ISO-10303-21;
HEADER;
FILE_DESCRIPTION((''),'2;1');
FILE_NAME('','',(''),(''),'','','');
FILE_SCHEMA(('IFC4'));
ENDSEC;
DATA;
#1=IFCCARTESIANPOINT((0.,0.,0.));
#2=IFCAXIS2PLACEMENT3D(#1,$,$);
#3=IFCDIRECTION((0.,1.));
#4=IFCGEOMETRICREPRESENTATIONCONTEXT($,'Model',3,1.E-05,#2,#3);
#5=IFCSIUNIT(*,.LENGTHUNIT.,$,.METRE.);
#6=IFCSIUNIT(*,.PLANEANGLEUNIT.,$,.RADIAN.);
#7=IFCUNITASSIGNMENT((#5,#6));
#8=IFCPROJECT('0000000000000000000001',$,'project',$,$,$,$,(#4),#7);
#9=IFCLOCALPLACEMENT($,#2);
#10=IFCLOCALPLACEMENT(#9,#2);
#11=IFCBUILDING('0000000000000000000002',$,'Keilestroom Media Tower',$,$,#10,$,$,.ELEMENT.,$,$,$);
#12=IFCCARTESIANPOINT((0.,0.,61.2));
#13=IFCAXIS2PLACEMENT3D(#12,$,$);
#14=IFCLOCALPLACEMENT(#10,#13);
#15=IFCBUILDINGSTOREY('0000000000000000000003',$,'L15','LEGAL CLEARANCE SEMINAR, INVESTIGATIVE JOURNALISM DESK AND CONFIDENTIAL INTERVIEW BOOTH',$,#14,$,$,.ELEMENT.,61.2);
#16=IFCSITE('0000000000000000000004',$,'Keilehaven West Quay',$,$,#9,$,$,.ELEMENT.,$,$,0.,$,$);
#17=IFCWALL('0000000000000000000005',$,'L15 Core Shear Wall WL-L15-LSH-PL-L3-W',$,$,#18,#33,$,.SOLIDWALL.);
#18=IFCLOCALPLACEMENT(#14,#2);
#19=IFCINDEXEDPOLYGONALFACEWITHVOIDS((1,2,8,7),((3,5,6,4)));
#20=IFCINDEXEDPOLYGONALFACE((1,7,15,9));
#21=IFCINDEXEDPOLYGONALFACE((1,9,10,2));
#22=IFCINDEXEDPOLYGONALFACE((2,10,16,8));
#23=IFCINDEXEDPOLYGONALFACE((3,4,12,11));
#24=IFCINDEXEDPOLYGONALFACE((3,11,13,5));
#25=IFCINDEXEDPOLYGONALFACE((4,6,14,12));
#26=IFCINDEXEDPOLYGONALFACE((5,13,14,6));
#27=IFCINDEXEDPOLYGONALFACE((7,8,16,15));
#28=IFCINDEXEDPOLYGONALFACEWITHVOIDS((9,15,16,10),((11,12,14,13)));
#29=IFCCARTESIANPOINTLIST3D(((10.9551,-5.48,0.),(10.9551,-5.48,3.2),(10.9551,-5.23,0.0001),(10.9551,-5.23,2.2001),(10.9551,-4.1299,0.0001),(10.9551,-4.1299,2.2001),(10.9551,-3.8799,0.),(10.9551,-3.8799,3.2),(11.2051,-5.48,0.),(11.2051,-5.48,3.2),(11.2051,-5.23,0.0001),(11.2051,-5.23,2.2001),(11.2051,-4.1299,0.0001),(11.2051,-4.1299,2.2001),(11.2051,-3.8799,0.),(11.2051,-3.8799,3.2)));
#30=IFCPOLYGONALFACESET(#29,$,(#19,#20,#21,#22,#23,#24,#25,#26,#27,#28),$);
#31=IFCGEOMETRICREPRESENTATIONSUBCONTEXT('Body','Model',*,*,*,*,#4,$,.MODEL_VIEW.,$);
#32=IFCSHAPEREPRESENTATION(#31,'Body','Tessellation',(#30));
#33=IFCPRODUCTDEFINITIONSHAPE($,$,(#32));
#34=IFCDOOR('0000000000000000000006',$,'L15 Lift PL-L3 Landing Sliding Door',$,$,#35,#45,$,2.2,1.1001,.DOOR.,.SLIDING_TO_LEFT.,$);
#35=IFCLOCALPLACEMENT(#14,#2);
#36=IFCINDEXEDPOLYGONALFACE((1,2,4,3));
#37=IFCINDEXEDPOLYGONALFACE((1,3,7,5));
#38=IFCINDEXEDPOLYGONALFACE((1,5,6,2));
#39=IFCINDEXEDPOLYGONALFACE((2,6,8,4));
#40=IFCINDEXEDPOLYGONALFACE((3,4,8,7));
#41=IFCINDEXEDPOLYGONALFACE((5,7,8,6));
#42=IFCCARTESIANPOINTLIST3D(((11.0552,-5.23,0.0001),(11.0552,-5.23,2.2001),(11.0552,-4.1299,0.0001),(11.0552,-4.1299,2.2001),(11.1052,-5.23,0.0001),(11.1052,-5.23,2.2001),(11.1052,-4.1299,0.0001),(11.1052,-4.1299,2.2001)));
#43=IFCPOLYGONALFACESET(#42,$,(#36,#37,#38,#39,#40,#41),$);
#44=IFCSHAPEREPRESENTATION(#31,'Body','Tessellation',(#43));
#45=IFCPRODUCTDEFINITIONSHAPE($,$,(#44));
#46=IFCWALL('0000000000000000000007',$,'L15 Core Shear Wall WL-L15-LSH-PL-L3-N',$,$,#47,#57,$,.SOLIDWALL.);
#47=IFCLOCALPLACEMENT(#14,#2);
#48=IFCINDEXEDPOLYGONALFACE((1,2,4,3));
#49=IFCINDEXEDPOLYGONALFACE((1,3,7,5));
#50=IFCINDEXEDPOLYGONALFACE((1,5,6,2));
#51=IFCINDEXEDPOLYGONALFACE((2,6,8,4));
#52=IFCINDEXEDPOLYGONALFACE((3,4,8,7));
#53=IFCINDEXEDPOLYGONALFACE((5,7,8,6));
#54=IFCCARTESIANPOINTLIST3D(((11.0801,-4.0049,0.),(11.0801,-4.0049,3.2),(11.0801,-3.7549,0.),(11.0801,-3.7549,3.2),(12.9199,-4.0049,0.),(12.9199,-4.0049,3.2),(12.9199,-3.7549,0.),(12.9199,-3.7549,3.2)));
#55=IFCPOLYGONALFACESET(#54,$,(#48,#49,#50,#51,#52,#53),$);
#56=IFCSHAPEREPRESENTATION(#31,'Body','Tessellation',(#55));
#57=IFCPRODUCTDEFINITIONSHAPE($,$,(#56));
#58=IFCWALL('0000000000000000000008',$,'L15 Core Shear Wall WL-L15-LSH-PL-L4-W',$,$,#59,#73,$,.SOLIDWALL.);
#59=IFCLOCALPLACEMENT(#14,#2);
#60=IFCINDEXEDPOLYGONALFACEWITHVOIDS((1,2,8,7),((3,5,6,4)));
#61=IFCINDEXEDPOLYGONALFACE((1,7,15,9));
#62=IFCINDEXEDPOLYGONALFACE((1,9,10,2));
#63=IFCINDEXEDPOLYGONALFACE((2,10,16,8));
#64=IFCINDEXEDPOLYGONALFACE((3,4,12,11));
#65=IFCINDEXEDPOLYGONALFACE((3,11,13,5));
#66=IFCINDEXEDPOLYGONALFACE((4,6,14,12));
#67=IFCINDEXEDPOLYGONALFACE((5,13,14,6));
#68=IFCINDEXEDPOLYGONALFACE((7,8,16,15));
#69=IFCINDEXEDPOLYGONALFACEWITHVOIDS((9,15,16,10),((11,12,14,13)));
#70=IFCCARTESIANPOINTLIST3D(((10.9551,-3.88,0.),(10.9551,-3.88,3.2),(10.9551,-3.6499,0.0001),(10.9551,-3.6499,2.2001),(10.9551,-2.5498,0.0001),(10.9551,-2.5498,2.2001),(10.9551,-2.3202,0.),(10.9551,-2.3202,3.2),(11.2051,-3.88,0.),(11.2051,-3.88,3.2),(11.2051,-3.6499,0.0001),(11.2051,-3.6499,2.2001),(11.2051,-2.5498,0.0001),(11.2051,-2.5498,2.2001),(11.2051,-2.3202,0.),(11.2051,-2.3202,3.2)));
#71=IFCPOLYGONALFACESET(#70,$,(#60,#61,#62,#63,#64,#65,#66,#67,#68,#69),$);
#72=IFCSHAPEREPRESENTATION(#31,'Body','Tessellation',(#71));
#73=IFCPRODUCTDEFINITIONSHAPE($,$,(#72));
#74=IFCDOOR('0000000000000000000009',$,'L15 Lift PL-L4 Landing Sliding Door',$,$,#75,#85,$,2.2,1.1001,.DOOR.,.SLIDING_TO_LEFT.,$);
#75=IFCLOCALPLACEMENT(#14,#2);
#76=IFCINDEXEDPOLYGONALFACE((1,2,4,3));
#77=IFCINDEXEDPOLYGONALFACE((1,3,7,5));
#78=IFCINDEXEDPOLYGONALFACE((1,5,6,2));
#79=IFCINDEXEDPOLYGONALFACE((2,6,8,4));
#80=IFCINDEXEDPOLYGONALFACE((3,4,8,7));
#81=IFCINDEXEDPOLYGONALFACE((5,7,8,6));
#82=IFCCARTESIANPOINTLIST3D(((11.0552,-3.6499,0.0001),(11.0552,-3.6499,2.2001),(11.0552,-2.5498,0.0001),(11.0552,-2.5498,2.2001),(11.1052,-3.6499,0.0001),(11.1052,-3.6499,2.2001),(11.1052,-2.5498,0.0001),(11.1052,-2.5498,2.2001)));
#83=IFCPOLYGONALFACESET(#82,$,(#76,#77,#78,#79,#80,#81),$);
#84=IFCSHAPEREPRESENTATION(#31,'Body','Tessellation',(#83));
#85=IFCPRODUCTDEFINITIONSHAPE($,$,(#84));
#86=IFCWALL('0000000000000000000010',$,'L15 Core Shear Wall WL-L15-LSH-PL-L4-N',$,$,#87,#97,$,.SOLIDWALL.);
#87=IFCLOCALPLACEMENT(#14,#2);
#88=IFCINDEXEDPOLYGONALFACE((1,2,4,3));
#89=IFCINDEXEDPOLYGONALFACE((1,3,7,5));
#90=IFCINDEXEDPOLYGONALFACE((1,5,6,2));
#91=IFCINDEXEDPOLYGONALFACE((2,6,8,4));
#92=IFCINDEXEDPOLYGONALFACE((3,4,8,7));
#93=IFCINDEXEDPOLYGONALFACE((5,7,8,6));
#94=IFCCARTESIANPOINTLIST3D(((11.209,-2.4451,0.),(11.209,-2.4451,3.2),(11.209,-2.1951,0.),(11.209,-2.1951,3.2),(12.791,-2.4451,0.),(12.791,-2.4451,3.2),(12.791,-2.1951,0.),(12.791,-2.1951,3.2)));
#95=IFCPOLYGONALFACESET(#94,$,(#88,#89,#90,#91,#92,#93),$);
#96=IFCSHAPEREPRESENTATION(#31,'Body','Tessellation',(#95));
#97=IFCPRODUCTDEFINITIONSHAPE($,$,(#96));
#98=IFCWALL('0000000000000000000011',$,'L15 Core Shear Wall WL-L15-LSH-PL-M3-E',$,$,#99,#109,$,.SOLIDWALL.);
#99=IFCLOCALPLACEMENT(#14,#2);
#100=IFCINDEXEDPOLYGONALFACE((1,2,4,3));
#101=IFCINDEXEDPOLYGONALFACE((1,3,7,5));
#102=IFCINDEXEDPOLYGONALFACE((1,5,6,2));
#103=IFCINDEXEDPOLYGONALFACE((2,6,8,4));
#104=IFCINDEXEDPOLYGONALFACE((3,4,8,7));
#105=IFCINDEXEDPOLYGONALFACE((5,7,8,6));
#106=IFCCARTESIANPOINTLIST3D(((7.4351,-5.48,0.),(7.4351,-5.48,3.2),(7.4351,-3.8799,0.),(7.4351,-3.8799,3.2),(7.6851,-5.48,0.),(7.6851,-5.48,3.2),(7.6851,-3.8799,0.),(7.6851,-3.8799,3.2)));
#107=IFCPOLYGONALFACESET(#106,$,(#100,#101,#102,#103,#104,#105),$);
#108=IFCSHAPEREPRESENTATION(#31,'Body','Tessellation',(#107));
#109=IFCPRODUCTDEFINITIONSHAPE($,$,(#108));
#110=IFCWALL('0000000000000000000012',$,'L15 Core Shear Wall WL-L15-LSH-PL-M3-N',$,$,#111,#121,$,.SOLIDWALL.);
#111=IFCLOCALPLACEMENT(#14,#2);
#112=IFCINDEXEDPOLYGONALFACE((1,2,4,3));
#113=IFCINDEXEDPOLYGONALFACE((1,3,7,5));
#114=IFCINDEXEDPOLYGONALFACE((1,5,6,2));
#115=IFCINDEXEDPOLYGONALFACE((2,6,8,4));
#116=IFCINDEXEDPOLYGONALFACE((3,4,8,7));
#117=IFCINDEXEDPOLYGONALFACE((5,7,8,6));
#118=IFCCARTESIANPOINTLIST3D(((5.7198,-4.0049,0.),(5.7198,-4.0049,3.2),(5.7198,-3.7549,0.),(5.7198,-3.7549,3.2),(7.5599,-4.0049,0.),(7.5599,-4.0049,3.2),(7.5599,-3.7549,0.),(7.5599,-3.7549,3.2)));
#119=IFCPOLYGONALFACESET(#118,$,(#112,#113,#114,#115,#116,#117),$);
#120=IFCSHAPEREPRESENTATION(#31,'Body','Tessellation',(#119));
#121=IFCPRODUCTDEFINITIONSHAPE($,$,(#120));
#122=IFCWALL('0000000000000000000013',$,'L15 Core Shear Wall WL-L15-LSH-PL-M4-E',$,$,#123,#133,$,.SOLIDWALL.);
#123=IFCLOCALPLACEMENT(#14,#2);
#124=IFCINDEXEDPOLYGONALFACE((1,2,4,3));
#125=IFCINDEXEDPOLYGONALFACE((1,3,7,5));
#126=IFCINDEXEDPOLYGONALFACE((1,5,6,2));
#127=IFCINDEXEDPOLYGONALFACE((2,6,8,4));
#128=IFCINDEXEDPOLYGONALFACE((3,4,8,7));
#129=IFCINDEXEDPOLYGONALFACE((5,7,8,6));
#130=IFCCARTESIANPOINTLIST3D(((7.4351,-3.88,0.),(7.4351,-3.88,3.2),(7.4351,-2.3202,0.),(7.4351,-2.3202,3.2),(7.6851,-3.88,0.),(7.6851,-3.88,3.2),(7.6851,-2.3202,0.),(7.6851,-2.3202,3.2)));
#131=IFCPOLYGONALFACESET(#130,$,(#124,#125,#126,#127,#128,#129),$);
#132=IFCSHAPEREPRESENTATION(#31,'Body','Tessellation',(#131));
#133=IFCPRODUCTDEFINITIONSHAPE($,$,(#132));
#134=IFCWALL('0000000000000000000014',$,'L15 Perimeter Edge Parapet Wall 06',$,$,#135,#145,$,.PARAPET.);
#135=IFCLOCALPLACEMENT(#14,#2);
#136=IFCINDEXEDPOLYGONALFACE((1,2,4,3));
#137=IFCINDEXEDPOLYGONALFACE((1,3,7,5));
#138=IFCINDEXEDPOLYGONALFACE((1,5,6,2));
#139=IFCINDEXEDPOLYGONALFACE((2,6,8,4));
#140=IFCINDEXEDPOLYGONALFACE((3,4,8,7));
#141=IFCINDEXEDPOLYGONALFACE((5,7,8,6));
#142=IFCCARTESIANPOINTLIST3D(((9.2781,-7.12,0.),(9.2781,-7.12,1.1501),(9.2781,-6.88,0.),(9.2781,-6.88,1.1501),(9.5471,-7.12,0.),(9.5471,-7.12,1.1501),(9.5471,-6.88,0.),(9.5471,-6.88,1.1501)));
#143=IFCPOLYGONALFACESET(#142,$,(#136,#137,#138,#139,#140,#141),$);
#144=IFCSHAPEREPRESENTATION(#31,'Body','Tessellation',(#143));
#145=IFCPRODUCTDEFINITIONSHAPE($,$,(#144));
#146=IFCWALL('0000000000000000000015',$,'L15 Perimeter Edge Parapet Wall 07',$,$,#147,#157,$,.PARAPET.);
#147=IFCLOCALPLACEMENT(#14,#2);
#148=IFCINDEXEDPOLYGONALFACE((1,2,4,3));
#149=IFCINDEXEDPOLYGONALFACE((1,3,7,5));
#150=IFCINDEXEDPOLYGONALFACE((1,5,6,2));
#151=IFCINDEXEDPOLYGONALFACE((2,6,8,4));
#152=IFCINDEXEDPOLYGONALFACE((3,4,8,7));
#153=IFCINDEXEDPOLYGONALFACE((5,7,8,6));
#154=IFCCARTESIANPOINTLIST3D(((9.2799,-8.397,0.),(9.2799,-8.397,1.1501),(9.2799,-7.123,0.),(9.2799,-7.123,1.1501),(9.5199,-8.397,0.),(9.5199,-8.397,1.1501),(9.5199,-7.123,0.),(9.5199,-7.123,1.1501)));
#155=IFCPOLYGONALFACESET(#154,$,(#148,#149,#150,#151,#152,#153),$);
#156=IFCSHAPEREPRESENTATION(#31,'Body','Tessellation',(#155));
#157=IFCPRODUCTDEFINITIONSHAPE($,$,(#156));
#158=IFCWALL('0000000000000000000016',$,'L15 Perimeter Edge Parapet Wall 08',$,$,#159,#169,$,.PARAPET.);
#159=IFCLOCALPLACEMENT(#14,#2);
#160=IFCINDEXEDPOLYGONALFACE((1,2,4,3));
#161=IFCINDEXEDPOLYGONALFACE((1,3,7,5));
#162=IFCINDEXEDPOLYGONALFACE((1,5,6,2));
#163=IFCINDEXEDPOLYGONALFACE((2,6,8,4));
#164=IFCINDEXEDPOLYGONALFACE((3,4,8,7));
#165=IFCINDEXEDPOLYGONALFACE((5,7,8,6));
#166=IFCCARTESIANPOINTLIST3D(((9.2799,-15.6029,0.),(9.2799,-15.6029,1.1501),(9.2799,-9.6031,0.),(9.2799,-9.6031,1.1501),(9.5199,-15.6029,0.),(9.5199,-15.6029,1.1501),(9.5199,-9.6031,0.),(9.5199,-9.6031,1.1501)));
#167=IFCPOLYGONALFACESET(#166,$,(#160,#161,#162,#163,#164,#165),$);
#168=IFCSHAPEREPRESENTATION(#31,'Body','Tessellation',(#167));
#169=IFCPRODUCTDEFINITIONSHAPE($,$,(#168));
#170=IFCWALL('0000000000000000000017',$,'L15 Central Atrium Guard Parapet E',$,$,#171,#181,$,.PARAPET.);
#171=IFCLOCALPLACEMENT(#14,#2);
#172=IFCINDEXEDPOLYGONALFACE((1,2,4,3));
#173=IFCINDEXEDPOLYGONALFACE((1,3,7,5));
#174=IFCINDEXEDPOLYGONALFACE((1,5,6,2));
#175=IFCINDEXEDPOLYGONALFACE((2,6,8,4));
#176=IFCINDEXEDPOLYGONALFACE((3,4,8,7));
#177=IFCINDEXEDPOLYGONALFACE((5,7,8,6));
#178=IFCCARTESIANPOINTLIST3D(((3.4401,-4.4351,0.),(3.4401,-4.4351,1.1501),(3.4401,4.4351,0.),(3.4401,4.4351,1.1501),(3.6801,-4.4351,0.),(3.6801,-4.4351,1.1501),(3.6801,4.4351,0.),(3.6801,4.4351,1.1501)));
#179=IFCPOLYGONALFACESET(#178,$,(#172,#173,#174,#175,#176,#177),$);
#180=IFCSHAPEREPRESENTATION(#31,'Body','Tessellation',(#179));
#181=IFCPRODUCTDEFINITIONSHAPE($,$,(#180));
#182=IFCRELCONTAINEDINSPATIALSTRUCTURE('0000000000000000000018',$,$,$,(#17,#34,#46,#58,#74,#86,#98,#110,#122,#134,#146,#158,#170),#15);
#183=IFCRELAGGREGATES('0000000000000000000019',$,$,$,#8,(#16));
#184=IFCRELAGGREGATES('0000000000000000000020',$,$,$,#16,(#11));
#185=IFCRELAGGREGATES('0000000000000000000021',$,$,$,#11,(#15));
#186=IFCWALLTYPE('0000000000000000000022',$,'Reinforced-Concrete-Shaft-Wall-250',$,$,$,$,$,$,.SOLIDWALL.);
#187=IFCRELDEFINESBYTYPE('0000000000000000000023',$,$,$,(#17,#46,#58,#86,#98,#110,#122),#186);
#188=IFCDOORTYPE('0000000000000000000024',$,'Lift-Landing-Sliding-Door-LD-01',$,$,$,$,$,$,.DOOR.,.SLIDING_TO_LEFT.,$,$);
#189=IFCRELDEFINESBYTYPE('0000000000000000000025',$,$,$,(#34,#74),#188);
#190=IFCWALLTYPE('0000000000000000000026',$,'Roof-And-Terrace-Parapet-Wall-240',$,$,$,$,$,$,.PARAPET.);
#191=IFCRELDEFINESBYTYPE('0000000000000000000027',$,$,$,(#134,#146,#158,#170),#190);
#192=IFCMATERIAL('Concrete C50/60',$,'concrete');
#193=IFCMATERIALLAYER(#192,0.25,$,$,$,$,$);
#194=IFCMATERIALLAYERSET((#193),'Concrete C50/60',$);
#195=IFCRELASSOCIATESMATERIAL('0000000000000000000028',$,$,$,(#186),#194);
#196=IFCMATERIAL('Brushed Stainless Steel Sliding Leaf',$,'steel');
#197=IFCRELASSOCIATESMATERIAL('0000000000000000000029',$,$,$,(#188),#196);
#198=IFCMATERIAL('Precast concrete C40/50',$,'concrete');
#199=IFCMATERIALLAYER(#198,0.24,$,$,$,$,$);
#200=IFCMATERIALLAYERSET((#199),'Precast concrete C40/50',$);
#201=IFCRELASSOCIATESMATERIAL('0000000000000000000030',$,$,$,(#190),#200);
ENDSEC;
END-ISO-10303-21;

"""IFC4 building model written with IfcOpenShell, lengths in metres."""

from ifc_helpers import new_model, si_unit, direction, frame, frame_2d, origin, place, context, subcontext, project, spatial, rectangle, extrude, source, transform, mapped, material, layer, layer_set, type_object, element, fill, save


model = new_model("IFC4")

# Units and contexts
model_context = context("Model", 3, precision=1e-05, world=origin(), true_north=direction((0.0, 1.0)))
body_context = subcontext(model_context, "Body", "Model", "MODEL_VIEW")
ifc_project = project(units=[si_unit("LENGTHUNIT", "METRE"), si_unit("PLANEANGLEUNIT", "RADIAN")], contexts=[model_context])

# Site, building, storey
site_placement = place(None, origin())
site = spatial("IfcSite", under=ifc_project, at=site_placement, Name="Keilehaven West Quay", CompositionType="ELEMENT", RefElevation=0.0)
building_placement = place(site_placement, origin())
building = spatial("IfcBuilding", under=site, at=building_placement, Name="Keilestroom Media Tower", CompositionType="ELEMENT")
storey_placement = place(building_placement, frame((0.0, 0.0, 61.2)))
storey = spatial("IfcBuildingStorey", under=building, at=storey_placement, Name="L15", Description="LEGAL CLEARANCE SEMINAR, INVESTIGATIVE JOURNALISM DESK AND CONFIDENTIAL INTERVIEW BOOTH", CompositionType="ELEMENT", Elevation=61.2)

# Shared definitions
ifc_material_1 = material(Name="Concrete C50/60", Category="concrete")
ifc_layer_1 = layer(ifc_material_1, 0.25)
ifc_layer_set_1 = layer_set([ifc_layer_1], Name="Concrete C50/60")
wall_type_1 = type_object("IfcWallType", Name="Reinforced-Concrete-Shaft-Wall-250", PredefinedType="SOLIDWALL", material=ifc_layer_set_1)

# Shared definitions
ifc_material_2 = material(Name="Brushed Stainless Steel Sliding Leaf", Category="steel")

# Wall, opening, door
wall_1_placement = place(storey_placement, frame((11.0801, -5.48, 0.0), z_axis=(0.0, 0.0, 1.0), x_axis=(0.0, 1.0, 0.0)))
wall_1 = element("IfcWall", 1, at=wall_1_placement, inside=storey, type_object=wall_type_1, Name="L15 Core Shear Wall WL-L15-LSH-PL-L3-W", PredefinedType="SOLIDWALL", context=body_context, shape_type="SweptSolid", body=[
    extrude(rectangle(XDim=1.6001, YDim=0.25, at=frame_2d((0.8, 0.0))), origin(), (0.0, 0.0, 1.0), 3.2),
])
opening_1_placement = place(wall_1_placement, frame((0.25, 0.0, 0.0)))
opening_1 = element("IfcOpeningElement", 2, at=opening_1_placement, cuts=wall_1, PredefinedType="OPENING", context=body_context, shape_type="SweptSolid", body=[
    extrude(rectangle(XDim=1.1001, YDim=2.2, at=frame_2d((0.55, 1.1001))), frame((0.0, 0.135, 0.0), z_axis=(0.0, -1.0, 0.0), x_axis=(1.0, 0.0, 0.0)), (0.0, 0.0, 1.0), 0.27),
])
door_type_1 = type_object("IfcDoorType", Name="Lift-Landing-Sliding-Door-LD-01", OperationType="SLIDING_TO_LEFT", PredefinedType="DOOR", material=ifc_material_2)
shared_shape_1 = source(origin(), body_context, "Body", "SweptSolid", [
    extrude(rectangle(XDim=1.1001, YDim=2.2, at=frame_2d((0.55, 1.1001))), frame((0.0, 0.0249, 0.0), z_axis=(0.0, -1.0, 0.0), x_axis=(1.0, 0.0, 0.0)), (0.0, 0.0, 1.0), 0.05),
])
door_1_placement = place(opening_1_placement, origin())
door_1 = element("IfcDoor", 3, at=door_1_placement, inside=storey, type_object=door_type_1, Name="L15 Lift PL-L3 Landing Sliding Door", OperationType="SLIDING_TO_LEFT", OverallHeight=2.2, OverallWidth=1.1001, PredefinedType="DOOR", context=body_context, shape_type="MappedRepresentation", body=[
    mapped(shared_shape_1, transform((0.0, 0.0, 0.0), x_axis=(1.0, 0.0, 0.0), y_axis=(0.0, 1.0, 0.0), z_axis=(0.0, 0.0, 1.0), scale=1.0)),
])
fill(opening_1, door_1)

# Wall
wall_2_placement = place(storey_placement, frame((11.0801, -3.8799, 0.0), z_axis=(0.0, 0.0, 1.0), x_axis=(1.0, 0.0, 0.0)))
element("IfcWall", 4, at=wall_2_placement, inside=storey, type_object=wall_type_1, Name="L15 Core Shear Wall WL-L15-LSH-PL-L3-N", PredefinedType="SOLIDWALL", context=body_context, shape_type="SweptSolid", body=[
    extrude(rectangle(XDim=1.8398, YDim=0.25, at=frame_2d((0.9199, 0.0))), origin(), (0.0, 0.0, 1.0), 3.2),
])

# Wall, opening, door
wall_3_placement = place(storey_placement, frame((11.0801, -3.8799, 0.0), z_axis=(0.0, 0.0, 1.0), x_axis=(0.0, 1.0, 0.0)))
wall_3 = element("IfcWall", 5, at=wall_3_placement, inside=storey, type_object=wall_type_1, Name="L15 Core Shear Wall WL-L15-LSH-PL-L4-W", PredefinedType="SOLIDWALL", context=body_context, shape_type="SweptSolid", body=[
    extrude(rectangle(XDim=1.5598, YDim=0.25, at=frame_2d((0.7798, 0.0))), origin(), (0.0, 0.0, 1.0), 3.2),
])
opening_2_placement = place(wall_3_placement, frame((0.23, 0.0, 0.0)))
opening_2 = element("IfcOpeningElement", 6, at=opening_2_placement, cuts=wall_3, PredefinedType="OPENING", context=body_context, shape_type="SweptSolid", body=[
    extrude(rectangle(XDim=1.1001, YDim=2.2, at=frame_2d((0.55, 1.1001))), frame((0.0, 0.135, 0.0), z_axis=(0.0, -1.0, 0.0), x_axis=(1.0, 0.0, 0.0)), (0.0, 0.0, 1.0), 0.27),
])
door_2_placement = place(opening_2_placement, origin())
door_2 = element("IfcDoor", 7, at=door_2_placement, inside=storey, type_object=door_type_1, Name="L15 Lift PL-L4 Landing Sliding Door", OperationType="SLIDING_TO_LEFT", OverallHeight=2.2, OverallWidth=1.1001, PredefinedType="DOOR", context=body_context, shape_type="MappedRepresentation", body=[
    mapped(shared_shape_1, transform((0.0, 0.0, 0.0), x_axis=(1.0, 0.0, 0.0), y_axis=(0.0, 1.0, 0.0), z_axis=(0.0, 0.0, 1.0), scale=1.0)),
])
fill(opening_2, door_2)

# Walls
wall_4_placement = place(storey_placement, frame((11.209, -2.3201, 0.0), z_axis=(0.0, 0.0, 1.0), x_axis=(1.0, 0.0, 0.0)))
element("IfcWall", 8, at=wall_4_placement, inside=storey, type_object=wall_type_1, Name="L15 Core Shear Wall WL-L15-LSH-PL-L4-N", PredefinedType="SOLIDWALL", context=body_context, shape_type="SweptSolid", body=[
    extrude(rectangle(XDim=1.582, YDim=0.25, at=frame_2d((0.791, 0.0))), origin(), (0.0, 0.0, 1.0), 3.2),
])
wall_5_placement = place(storey_placement, frame((7.5601, -5.48, 0.0), z_axis=(0.0, 0.0, 1.0), x_axis=(0.0, 1.0, 0.0)))
element("IfcWall", 9, at=wall_5_placement, inside=storey, type_object=wall_type_1, Name="L15 Core Shear Wall WL-L15-LSH-PL-M3-E", PredefinedType="SOLIDWALL", context=body_context, shape_type="SweptSolid", body=[
    extrude(rectangle(XDim=1.6001, YDim=0.25, at=frame_2d((0.8, 0.0))), origin(), (0.0, 0.0, 1.0), 3.2),
])
wall_6_placement = place(storey_placement, frame((5.72, -3.8799, 0.0), z_axis=(0.0, 0.0, 1.0), x_axis=(1.0, 0.0, 0.0)))
element("IfcWall", 10, at=wall_6_placement, inside=storey, type_object=wall_type_1, Name="L15 Core Shear Wall WL-L15-LSH-PL-M3-N", PredefinedType="SOLIDWALL", context=body_context, shape_type="SweptSolid", body=[
    extrude(rectangle(XDim=1.8401, YDim=0.25, at=frame_2d((0.9199, 0.0))), origin(), (0.0, 0.0, 1.0), 3.2),
])
wall_7_placement = place(storey_placement, frame((7.5601, -3.8799, 0.0), z_axis=(0.0, 0.0, 1.0), x_axis=(0.0, 1.0, 0.0)))
element("IfcWall", 11, at=wall_7_placement, inside=storey, type_object=wall_type_1, Name="L15 Core Shear Wall WL-L15-LSH-PL-M4-E", PredefinedType="SOLIDWALL", context=body_context, shape_type="SweptSolid", body=[
    extrude(rectangle(XDim=1.5598, YDim=0.25, at=frame_2d((0.7798, 0.0))), origin(), (0.0, 0.0, 1.0), 3.2),
])
ifc_material_3 = material(Name="Precast concrete C40/50", Category="concrete")
ifc_layer_2 = layer(ifc_material_3, 0.24)
ifc_layer_set_2 = layer_set([ifc_layer_2], Name="Precast concrete C40/50")
wall_type_2 = type_object("IfcWallType", Name="Roof-And-Terrace-Parapet-Wall-240", PredefinedType="PARAPET", material=ifc_layer_set_2)
wall_8_placement = place(storey_placement, frame((9.5471, -7.0, 0.0), z_axis=(0.0, 0.0, 1.0), x_axis=(-1.0, 0.0, 0.0)))
element("IfcWall", 12, at=wall_8_placement, inside=storey, type_object=wall_type_2, Name="L15 Perimeter Edge Parapet Wall 06", PredefinedType="PARAPET", context=body_context, shape_type="SweptSolid", body=[
    extrude(rectangle(XDim=0.269, YDim=0.24, at=frame_2d((0.1345, 0.0))), origin(), (0.0, 0.0, 1.0), 1.1501),
])
wall_9_placement = place(storey_placement, frame((9.3999, -7.123, 0.0), z_axis=(0.0, 0.0, 1.0), x_axis=(0.0, -1.0, 0.0)))
element("IfcWall", 13, at=wall_9_placement, inside=storey, type_object=wall_type_2, Name="L15 Perimeter Edge Parapet Wall 07", PredefinedType="PARAPET", context=body_context, shape_type="SweptSolid", body=[
    extrude(rectangle(XDim=1.2739, YDim=0.24, at=frame_2d((0.637, 0.0))), origin(), (0.0, 0.0, 1.0), 1.1501),
])
wall_10_placement = place(storey_placement, frame((9.3999, -9.603, 0.0), z_axis=(0.0, 0.0, 1.0), x_axis=(0.0, -1.0, 0.0)))
element("IfcWall", 14, at=wall_10_placement, inside=storey, type_object=wall_type_2, Name="L15 Perimeter Edge Parapet Wall 08", PredefinedType="PARAPET", context=body_context, shape_type="SweptSolid", body=[
    extrude(rectangle(XDim=5.9998, YDim=0.24, at=frame_2d((3.0, 0.0))), origin(), (0.0, 0.0, 1.0), 1.1501),
])
wall_11_placement = place(storey_placement, frame((3.5601, -4.4351, 0.0), z_axis=(0.0, 0.0, 1.0), x_axis=(0.0, 1.0, 0.0)))
element("IfcWall", 15, at=wall_11_placement, inside=storey, type_object=wall_type_2, Name="L15 Central Atrium Guard Parapet E", PredefinedType="PARAPET", context=body_context, shape_type="SweptSolid", body=[
    extrude(rectangle(XDim=8.8701, YDim=0.24, at=frame_2d((4.4351, 0.0))), origin(), (0.0, 0.0, 1.0), 1.1501),
])

save(model, "model.ifc")
